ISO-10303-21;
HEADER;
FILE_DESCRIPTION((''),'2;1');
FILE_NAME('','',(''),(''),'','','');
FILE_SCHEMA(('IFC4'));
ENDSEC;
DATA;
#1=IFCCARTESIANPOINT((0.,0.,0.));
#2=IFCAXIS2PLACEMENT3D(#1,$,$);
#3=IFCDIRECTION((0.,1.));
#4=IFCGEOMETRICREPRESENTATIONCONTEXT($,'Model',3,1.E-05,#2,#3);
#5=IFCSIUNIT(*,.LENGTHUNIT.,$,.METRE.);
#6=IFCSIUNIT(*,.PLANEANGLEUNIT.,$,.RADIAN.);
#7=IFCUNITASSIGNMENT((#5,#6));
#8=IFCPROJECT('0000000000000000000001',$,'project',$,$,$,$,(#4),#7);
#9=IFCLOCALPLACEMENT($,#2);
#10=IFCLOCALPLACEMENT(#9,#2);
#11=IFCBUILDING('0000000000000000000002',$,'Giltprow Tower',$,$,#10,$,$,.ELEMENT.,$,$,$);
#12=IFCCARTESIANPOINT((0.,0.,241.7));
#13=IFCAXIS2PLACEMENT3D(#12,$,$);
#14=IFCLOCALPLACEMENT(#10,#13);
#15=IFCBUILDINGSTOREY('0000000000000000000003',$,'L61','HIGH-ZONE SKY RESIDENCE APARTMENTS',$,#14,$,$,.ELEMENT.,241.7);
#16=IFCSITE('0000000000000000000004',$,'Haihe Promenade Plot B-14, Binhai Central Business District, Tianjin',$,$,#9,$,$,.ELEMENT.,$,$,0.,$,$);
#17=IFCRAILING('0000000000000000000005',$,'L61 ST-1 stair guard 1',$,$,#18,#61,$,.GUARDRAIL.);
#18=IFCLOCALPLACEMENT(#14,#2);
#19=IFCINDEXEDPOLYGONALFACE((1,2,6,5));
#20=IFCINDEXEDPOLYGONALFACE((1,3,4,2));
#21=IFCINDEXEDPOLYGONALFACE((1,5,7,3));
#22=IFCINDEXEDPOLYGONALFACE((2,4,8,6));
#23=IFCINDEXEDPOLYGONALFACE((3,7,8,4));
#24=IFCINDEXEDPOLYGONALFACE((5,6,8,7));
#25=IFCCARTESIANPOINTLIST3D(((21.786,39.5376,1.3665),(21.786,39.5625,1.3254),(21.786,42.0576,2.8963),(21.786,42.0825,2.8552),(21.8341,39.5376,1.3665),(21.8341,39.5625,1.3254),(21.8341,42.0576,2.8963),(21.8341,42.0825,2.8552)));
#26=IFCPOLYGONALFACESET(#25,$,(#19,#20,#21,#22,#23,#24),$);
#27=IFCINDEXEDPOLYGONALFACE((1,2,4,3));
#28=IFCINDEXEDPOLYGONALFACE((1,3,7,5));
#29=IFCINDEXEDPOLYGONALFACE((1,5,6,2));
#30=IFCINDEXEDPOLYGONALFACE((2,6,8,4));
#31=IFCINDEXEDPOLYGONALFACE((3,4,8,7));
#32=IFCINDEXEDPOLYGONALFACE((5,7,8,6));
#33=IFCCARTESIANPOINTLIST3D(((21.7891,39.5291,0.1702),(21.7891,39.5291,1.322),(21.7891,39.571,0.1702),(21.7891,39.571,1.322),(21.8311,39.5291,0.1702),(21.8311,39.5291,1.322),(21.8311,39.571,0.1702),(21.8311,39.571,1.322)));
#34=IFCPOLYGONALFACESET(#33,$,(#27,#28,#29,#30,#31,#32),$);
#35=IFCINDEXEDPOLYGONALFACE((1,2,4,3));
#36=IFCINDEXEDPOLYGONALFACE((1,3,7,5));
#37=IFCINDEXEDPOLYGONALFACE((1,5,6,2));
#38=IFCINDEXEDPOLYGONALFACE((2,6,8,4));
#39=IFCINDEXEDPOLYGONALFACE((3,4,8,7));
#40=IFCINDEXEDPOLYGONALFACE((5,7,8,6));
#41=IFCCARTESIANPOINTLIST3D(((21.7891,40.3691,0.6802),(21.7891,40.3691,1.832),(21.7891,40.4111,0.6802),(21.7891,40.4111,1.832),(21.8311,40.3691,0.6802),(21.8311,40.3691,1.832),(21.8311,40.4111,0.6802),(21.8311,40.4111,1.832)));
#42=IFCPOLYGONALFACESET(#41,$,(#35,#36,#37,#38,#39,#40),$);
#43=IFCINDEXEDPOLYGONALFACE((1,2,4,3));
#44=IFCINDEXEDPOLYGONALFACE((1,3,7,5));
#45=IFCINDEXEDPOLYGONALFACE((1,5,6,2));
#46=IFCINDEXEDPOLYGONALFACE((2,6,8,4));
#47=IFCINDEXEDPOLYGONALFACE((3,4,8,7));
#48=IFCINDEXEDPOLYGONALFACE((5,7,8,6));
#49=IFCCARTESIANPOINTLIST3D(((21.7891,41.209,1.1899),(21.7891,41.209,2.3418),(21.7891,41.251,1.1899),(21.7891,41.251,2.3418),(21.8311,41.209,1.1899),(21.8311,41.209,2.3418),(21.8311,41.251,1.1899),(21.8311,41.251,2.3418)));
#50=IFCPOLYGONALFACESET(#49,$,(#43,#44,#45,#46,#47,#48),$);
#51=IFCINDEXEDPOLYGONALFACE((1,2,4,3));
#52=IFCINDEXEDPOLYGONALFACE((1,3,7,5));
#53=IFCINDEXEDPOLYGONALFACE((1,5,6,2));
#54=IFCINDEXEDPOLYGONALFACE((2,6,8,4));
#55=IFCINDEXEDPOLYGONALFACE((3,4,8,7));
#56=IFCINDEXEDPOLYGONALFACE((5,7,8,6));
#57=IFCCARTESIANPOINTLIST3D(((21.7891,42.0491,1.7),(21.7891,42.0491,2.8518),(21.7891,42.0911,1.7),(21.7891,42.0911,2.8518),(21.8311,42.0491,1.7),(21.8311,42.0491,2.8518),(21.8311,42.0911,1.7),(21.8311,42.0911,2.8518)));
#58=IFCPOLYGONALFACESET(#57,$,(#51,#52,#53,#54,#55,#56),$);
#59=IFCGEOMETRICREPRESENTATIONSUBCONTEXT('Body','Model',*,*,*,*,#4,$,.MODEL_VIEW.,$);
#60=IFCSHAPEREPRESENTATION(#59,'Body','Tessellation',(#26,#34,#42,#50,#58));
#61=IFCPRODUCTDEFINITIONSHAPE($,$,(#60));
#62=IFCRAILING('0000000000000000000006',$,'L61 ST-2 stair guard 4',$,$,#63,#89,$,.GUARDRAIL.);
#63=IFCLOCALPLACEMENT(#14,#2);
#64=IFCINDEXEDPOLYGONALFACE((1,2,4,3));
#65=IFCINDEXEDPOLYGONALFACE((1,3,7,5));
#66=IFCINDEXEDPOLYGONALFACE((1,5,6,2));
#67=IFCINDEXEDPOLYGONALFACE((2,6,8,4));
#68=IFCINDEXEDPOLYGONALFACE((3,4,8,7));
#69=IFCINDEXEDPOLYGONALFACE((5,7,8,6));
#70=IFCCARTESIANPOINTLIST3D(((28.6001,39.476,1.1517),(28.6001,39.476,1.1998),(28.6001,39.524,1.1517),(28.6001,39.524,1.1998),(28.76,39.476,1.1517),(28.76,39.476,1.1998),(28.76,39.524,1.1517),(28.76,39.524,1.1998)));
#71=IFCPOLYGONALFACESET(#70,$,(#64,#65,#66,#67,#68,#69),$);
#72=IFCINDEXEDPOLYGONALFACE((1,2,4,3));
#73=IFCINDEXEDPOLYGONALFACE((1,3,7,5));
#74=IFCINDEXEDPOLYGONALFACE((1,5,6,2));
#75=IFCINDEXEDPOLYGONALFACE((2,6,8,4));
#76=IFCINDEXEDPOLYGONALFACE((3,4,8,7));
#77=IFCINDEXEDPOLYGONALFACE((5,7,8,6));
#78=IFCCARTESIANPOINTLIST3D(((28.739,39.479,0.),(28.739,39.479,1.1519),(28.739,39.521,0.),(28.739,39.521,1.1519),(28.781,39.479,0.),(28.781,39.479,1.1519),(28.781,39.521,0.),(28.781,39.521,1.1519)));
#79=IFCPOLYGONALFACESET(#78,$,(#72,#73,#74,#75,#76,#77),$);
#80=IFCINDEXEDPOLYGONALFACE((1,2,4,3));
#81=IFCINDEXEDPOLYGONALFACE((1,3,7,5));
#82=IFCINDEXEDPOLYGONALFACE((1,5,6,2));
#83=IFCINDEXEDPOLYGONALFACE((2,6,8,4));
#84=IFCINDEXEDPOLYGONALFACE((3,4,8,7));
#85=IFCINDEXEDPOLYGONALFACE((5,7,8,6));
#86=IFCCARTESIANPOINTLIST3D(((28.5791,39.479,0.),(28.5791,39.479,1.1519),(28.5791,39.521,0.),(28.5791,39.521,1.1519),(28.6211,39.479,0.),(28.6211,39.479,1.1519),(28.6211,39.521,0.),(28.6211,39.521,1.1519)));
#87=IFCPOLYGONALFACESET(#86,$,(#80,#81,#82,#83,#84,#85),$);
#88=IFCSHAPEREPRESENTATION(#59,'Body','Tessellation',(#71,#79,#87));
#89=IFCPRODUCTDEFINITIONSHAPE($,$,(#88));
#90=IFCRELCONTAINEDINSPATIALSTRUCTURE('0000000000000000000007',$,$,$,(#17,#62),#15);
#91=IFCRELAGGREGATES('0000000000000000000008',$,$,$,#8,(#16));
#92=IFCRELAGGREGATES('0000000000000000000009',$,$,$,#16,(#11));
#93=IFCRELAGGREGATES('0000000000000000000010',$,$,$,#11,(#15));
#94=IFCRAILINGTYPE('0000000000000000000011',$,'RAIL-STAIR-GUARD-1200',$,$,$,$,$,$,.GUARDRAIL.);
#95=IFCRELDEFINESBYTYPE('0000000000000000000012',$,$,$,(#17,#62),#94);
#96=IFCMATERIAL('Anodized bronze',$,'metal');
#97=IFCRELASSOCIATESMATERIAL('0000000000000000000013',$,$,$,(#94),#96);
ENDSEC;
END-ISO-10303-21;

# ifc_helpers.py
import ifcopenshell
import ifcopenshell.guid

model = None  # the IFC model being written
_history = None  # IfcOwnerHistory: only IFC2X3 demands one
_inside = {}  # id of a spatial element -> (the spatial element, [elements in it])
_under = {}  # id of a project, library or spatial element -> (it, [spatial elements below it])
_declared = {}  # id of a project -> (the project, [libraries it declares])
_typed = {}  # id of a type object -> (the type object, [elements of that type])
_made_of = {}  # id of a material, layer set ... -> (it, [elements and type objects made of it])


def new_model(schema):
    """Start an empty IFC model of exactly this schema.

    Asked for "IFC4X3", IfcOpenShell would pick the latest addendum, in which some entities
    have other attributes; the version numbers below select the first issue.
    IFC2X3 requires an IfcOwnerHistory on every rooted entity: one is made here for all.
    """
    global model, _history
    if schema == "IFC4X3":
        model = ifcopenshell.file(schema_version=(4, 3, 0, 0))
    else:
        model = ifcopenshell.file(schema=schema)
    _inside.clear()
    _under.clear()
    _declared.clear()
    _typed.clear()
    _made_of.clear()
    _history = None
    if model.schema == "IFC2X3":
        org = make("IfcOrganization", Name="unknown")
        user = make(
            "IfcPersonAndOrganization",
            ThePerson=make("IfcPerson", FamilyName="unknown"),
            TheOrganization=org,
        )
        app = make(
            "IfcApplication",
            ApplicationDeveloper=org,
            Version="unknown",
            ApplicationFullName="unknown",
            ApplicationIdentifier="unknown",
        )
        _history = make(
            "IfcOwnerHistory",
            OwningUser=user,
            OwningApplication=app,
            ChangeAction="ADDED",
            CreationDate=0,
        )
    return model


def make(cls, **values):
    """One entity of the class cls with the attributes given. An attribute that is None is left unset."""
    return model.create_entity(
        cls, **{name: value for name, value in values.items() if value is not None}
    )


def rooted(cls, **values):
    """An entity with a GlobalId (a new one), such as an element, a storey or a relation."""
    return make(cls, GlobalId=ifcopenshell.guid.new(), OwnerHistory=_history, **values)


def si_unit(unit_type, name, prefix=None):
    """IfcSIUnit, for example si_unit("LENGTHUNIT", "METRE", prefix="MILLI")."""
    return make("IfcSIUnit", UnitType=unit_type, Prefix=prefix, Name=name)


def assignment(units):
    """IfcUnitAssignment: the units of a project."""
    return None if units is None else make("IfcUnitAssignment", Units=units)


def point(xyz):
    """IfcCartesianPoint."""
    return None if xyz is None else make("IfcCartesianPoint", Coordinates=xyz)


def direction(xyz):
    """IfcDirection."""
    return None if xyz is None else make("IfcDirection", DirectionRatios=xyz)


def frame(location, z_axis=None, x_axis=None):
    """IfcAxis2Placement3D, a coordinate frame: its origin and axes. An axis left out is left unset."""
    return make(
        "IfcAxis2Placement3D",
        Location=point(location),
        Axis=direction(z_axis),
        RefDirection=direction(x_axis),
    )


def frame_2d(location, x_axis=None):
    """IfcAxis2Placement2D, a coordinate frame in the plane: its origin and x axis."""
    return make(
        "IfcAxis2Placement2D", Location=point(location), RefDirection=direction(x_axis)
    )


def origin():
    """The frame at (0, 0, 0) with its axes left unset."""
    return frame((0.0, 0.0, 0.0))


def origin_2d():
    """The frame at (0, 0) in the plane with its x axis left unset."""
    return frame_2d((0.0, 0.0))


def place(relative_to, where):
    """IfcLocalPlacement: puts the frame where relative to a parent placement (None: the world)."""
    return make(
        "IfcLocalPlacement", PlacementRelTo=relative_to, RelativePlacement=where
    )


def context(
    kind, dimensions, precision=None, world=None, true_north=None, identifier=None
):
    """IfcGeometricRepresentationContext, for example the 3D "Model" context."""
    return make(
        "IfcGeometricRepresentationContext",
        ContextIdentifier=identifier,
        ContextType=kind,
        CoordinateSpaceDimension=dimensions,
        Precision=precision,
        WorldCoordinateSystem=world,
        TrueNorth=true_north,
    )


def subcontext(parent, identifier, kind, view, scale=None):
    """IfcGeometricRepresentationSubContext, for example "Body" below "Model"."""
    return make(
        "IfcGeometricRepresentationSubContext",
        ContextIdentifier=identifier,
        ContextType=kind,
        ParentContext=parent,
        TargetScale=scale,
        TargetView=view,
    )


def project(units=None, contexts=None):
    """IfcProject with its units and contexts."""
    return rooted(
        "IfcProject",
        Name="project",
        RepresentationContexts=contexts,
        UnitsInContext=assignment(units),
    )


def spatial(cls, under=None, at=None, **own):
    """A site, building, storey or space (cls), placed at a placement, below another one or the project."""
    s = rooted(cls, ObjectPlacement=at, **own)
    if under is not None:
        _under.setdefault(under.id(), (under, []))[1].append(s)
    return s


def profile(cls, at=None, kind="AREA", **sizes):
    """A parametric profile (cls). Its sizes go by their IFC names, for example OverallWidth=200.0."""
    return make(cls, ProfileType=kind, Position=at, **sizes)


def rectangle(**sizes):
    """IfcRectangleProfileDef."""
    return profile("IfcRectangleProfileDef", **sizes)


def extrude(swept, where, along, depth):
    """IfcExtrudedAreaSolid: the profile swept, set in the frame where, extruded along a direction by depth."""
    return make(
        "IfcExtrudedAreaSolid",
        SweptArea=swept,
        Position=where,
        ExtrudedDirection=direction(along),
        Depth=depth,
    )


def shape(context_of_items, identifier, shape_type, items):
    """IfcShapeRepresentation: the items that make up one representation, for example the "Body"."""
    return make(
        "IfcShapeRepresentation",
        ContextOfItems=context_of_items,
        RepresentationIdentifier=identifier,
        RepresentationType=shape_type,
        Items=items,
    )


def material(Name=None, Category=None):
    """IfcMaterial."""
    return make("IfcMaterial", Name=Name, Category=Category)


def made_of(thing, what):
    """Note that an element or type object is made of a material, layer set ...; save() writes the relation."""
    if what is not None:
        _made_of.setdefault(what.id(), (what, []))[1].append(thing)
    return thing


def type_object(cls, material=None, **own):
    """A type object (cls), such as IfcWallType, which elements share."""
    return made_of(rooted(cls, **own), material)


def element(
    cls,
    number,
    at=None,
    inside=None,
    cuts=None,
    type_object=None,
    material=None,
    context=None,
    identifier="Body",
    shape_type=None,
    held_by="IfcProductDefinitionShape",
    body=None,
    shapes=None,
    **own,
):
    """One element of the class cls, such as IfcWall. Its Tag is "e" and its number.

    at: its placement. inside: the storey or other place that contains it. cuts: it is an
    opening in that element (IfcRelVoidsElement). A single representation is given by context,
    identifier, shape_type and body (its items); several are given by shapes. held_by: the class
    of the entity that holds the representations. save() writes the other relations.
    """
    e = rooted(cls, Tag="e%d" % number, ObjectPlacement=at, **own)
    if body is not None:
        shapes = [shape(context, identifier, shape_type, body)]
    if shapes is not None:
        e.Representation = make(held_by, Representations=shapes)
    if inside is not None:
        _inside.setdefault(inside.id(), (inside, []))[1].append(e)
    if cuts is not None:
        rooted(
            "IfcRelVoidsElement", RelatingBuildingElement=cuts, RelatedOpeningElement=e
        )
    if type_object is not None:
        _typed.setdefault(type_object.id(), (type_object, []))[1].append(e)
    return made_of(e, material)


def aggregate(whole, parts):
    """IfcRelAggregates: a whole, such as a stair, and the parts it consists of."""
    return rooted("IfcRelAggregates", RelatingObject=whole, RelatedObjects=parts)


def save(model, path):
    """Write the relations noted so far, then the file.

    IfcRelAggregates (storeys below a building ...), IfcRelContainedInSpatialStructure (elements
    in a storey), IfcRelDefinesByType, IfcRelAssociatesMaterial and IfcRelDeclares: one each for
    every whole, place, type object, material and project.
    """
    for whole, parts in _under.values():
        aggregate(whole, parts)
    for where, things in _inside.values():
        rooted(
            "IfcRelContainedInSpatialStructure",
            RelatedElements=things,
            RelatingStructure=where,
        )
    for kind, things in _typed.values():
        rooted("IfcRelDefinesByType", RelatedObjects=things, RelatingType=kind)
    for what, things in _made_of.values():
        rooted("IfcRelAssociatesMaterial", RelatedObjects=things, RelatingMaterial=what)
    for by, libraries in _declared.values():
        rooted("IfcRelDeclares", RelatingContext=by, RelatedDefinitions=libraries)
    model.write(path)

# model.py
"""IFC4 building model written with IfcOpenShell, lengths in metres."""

from ifc_helpers import new_model, si_unit, direction, frame, origin, origin_2d, place, context, subcontext, project, spatial, rectangle, extrude, material, type_object, element, save


model = new_model("IFC4")

# Units and contexts
model_context = context("Model", 3, precision=1e-05, world=origin(), true_north=direction((0.0, 1.0)))
body_context = subcontext(model_context, "Body", "Model", "MODEL_VIEW")
ifc_project = project(units=[si_unit("LENGTHUNIT", "METRE"), si_unit("PLANEANGLEUNIT", "RADIAN")], contexts=[model_context])

# Site, building, storey
site_placement = place(None, origin())
site = spatial("IfcSite", under=ifc_project, at=site_placement, Name="Haihe Promenade Plot B-14, Binhai Central Business District, Tianjin", CompositionType="ELEMENT", RefElevation=0.0)
building_placement = place(site_placement, origin())
building = spatial("IfcBuilding", under=site, at=building_placement, Name="Giltprow Tower", CompositionType="ELEMENT")
storey_placement = place(building_placement, frame((0.0, 0.0, 241.7)))
storey = spatial("IfcBuildingStorey", under=building, at=storey_placement, Name="L61", Description="HIGH-ZONE SKY RESIDENCE APARTMENTS", CompositionType="ELEMENT", Elevation=241.7)

# Railings
ifc_material_1 = material(Name="Anodized bronze", Category="metal")
railing_type = type_object("IfcRailingType", Name="RAIL-STAIR-GUARD-1200", PredefinedType="GUARDRAIL", material=ifc_material_1)
railing_1_placement = place(storey_placement, frame((21.8101, 39.55, 0.1702)))
element("IfcRailing", 1, at=railing_1_placement, inside=storey, type_object=railing_type, Name="L61 ST-1 stair guard 1", PredefinedType="GUARDRAIL", context=body_context, shape_type="SweptSolid", body=[
    extrude(rectangle(XDim=0.0481, YDim=0.0481, at=origin_2d()), frame((0.0, 0.0, 1.1758), z_axis=(0.0, 0.854822, 0.518922), x_axis=(-1.0, 0.0, 0.0)), (0.0, 0.0, 1.0), 2.948),
    extrude(rectangle(XDim=0.042, YDim=0.042, at=origin_2d()), origin(), (0.0, 0.0, 1.0), 1.1519),
    extrude(rectangle(XDim=0.042, YDim=0.042, at=origin_2d()), frame((0.0, 0.8401, 0.51)), (0.0, 0.0, 1.0), 1.1519),
    extrude(rectangle(XDim=0.042, YDim=0.042, at=origin_2d()), frame((0.0, 1.6799, 1.0198)), (0.0, 0.0, 1.0), 1.1519),
    extrude(rectangle(XDim=0.042, YDim=0.042, at=origin_2d()), frame((0.0, 2.52, 1.5298)), (0.0, 0.0, 1.0), 1.1519),
])
railing_2_placement = place(storey_placement, frame((28.76, 39.5, 0.0)))
element("IfcRailing", 2, at=railing_2_placement, inside=storey, type_object=railing_type, Name="L61 ST-2 stair guard 4", PredefinedType="GUARDRAIL", context=body_context, shape_type="SweptSolid", body=[
    extrude(rectangle(XDim=0.0481, YDim=0.0481, at=origin_2d()), frame((0.0, 0.0, 1.1758), z_axis=(-1.0, 0.0, 0.0), x_axis=(0.0, -1.0, 0.0)), (0.0, 0.0, 1.0), 0.1599),
    extrude(rectangle(XDim=0.042, YDim=0.042, at=origin_2d()), origin(), (0.0, 0.0, 1.0), 1.1519),
    extrude(rectangle(XDim=0.042, YDim=0.042, at=origin_2d()), frame((-0.1599, 0.0, 0.0)), (0.0, 0.0, 1.0), 1.1519),
])

save(model, "model.ifc")
